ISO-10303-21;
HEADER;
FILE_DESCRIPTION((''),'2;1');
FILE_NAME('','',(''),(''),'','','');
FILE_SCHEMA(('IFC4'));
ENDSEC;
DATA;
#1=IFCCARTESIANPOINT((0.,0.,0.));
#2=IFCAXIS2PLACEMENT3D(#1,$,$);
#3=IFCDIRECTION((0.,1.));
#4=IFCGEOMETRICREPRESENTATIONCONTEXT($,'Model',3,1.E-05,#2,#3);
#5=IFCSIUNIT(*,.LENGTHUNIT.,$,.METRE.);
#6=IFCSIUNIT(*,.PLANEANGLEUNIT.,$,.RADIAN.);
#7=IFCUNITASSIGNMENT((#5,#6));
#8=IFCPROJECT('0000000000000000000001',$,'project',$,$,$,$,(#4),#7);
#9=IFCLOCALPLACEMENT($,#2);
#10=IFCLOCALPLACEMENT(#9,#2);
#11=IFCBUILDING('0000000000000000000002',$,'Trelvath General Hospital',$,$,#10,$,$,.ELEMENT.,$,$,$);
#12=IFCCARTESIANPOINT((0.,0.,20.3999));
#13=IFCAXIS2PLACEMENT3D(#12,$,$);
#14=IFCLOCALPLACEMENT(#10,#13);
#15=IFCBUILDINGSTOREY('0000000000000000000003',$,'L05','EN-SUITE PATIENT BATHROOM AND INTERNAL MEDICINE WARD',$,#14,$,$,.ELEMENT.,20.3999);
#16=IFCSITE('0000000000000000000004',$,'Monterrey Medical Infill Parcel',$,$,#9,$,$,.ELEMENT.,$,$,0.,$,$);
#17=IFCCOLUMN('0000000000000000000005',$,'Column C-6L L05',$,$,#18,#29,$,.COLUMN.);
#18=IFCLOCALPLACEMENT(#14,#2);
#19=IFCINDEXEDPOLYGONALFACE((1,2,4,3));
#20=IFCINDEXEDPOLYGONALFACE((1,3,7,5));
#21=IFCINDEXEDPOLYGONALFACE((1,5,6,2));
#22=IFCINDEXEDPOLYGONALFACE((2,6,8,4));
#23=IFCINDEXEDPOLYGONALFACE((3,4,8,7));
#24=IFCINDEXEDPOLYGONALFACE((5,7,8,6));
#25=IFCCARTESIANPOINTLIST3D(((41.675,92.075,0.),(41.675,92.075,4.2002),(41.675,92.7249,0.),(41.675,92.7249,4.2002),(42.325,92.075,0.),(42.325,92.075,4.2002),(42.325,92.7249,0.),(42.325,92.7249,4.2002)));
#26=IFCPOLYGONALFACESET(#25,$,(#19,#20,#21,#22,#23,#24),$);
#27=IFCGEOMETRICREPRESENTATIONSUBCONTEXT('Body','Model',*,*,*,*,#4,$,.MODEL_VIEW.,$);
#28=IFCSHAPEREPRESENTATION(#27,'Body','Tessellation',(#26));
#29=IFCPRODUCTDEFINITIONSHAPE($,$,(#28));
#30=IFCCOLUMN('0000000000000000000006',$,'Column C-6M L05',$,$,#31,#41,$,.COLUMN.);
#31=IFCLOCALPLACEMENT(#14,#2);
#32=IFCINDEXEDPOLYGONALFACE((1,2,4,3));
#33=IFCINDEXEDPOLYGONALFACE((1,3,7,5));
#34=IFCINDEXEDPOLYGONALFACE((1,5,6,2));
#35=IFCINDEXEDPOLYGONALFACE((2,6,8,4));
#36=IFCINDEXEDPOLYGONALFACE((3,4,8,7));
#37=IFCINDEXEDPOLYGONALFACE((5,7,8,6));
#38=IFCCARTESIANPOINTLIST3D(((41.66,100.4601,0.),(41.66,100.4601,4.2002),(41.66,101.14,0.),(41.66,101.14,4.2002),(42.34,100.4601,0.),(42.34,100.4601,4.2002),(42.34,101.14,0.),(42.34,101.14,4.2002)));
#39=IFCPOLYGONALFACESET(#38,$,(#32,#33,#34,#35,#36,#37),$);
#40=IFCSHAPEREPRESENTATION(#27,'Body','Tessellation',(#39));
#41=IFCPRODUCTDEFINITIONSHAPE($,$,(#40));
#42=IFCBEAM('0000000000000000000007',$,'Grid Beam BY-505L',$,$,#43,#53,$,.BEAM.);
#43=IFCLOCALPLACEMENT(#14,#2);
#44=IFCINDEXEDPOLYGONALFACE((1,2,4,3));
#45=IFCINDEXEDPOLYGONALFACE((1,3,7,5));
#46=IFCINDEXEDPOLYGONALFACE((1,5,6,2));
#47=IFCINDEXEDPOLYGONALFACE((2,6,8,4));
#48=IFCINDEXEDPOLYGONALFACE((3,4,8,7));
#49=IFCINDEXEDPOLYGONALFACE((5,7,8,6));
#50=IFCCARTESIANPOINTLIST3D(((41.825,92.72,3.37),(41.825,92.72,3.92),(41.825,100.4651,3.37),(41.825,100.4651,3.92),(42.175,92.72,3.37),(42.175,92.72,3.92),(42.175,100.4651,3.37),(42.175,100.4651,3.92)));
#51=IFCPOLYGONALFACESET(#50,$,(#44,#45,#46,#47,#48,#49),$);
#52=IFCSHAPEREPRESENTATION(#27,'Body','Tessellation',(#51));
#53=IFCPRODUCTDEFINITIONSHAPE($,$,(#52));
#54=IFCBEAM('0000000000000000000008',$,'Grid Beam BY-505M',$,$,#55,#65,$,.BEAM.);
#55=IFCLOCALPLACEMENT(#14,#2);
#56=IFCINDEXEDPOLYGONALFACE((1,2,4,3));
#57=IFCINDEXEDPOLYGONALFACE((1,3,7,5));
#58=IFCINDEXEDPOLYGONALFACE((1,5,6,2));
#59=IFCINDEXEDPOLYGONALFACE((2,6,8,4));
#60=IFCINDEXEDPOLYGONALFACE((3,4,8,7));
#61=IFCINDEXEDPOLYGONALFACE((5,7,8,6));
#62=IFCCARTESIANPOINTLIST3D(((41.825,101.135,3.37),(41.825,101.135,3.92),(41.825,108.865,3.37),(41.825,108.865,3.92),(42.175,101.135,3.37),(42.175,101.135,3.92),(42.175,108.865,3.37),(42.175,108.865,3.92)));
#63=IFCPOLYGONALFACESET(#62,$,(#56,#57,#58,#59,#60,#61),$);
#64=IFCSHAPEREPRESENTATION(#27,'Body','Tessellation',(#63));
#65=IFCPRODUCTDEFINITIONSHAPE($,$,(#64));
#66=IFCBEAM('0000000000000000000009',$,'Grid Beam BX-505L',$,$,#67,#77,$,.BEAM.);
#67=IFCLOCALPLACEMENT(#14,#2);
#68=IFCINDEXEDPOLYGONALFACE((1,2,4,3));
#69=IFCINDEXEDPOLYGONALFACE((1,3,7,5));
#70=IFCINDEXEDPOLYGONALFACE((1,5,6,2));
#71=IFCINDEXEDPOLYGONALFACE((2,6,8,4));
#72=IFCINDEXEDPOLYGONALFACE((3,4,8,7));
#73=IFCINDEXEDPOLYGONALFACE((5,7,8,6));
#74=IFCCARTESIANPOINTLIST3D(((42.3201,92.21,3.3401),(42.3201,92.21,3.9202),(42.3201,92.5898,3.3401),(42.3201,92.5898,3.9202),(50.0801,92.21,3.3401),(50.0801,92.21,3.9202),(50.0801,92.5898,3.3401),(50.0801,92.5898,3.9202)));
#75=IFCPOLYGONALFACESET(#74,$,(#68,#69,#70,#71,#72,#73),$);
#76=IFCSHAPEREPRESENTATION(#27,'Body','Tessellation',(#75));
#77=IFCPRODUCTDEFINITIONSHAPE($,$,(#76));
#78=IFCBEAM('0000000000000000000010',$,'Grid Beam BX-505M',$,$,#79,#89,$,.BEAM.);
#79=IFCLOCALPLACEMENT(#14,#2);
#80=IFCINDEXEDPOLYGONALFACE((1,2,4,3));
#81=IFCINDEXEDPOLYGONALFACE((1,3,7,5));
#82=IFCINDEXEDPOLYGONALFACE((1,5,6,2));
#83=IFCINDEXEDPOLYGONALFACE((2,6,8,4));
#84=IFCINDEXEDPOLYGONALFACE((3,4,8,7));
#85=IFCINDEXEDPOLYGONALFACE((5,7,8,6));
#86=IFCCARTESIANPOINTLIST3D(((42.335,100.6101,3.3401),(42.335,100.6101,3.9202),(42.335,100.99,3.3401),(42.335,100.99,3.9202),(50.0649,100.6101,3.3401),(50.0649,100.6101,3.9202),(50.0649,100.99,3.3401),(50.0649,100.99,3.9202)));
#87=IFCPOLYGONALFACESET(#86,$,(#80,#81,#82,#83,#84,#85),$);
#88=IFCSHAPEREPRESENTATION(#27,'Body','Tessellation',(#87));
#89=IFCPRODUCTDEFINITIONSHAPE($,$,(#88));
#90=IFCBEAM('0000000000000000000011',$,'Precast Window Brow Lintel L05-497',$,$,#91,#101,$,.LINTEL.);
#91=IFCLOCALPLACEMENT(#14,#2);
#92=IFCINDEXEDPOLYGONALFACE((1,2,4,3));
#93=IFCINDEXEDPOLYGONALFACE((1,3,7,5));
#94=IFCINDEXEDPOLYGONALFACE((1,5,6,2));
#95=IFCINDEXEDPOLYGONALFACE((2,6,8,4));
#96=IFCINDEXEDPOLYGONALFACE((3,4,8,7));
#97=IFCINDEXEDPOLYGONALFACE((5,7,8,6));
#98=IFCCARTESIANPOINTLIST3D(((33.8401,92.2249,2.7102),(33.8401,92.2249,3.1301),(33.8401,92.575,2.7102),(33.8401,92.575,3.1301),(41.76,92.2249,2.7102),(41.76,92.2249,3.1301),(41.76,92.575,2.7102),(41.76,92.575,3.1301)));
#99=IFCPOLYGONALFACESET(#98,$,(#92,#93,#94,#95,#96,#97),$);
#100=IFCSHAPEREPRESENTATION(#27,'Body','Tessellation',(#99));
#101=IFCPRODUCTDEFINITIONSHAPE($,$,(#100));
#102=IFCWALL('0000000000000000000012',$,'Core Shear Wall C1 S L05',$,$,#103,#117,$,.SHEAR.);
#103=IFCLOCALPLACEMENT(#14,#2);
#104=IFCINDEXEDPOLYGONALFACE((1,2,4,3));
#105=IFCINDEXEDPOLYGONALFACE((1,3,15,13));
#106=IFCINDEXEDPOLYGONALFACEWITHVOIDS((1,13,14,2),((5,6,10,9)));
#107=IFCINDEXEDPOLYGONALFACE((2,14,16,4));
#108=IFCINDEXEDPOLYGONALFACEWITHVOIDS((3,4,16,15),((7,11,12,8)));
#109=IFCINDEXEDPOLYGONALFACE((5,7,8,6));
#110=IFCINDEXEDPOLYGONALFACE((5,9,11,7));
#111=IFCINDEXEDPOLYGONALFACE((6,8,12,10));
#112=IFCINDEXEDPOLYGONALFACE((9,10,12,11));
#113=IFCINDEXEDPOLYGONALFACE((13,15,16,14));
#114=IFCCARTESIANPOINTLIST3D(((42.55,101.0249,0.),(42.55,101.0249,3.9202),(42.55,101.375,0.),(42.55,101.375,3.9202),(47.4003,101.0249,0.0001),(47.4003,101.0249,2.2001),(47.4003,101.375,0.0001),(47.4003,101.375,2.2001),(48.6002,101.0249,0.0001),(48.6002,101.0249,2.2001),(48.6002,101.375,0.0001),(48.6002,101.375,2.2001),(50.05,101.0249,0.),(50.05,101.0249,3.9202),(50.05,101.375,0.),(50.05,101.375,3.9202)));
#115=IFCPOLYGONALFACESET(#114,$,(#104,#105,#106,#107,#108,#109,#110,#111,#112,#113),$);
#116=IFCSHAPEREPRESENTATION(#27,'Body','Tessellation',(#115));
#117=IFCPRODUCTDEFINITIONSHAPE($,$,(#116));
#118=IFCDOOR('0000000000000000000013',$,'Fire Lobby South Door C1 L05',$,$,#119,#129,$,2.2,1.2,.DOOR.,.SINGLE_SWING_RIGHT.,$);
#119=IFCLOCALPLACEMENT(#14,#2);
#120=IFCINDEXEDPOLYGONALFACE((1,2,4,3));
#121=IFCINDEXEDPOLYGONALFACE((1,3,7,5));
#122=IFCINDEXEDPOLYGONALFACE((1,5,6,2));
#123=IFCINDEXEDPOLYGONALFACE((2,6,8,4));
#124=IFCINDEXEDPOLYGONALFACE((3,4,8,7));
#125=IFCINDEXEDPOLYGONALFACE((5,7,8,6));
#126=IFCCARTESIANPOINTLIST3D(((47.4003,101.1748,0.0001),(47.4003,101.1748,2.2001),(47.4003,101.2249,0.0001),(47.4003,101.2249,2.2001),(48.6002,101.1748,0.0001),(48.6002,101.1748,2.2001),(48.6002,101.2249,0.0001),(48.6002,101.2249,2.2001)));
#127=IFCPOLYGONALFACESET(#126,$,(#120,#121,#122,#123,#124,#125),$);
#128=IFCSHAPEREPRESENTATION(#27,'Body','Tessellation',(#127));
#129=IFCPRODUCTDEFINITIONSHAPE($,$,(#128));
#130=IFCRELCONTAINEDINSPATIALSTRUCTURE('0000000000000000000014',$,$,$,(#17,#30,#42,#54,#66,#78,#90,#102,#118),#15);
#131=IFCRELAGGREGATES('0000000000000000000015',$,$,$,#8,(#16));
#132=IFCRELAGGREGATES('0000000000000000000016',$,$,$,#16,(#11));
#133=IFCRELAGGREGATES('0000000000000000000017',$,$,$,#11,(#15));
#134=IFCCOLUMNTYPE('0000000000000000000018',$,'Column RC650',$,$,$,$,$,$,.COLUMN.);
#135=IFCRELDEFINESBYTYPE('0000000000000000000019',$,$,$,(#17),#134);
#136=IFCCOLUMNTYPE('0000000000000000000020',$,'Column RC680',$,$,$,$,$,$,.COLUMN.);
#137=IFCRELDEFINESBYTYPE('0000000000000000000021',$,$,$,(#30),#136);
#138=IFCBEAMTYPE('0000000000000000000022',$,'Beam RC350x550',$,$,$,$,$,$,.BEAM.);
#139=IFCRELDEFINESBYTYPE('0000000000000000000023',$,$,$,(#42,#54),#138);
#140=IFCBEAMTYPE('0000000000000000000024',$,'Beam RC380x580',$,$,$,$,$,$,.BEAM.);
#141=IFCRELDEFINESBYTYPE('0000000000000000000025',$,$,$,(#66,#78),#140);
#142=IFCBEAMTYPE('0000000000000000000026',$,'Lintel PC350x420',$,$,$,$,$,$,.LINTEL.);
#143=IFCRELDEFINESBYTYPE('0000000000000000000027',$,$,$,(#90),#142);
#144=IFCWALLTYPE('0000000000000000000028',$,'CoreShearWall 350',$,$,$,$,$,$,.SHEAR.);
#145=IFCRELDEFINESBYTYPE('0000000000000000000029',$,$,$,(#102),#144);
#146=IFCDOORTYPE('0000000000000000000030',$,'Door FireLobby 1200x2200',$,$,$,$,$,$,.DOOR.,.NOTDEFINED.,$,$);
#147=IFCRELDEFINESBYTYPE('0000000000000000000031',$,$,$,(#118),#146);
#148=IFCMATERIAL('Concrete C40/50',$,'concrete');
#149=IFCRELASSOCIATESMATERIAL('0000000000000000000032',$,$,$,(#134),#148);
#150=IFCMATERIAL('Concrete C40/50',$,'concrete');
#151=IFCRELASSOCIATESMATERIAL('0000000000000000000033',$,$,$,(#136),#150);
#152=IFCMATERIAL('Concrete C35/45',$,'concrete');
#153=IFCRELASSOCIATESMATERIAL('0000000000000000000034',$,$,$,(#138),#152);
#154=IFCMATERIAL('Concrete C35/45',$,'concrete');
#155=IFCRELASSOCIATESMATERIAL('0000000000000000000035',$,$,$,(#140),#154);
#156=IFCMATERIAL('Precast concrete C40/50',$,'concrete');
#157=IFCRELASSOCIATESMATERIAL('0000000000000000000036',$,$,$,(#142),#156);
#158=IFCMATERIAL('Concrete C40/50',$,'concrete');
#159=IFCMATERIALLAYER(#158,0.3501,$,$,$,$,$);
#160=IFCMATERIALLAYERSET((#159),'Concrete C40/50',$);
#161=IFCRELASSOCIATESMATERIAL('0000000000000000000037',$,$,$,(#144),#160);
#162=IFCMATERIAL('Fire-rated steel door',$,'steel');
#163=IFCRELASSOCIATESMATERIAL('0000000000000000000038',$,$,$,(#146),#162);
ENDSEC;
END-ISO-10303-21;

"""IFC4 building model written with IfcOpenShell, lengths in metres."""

from ifc_helpers import new_model, si_unit, direction, frame, frame_2d, origin, origin_2d, place, context, subcontext, project, spatial, rectangle, extrude, material, layer, layer_set, material_profile, profile_set, type_object, element, fill, save


model = new_model("IFC4")

# Units and contexts
model_context = context("Model", 3, precision=1e-05, world=origin(), true_north=direction((0.0, 1.0)))
body_context = subcontext(model_context, "Body", "Model", "MODEL_VIEW")
ifc_project = project(units=[si_unit("LENGTHUNIT", "METRE"), si_unit("PLANEANGLEUNIT", "RADIAN")], contexts=[model_context])

# Site, building, storey
site_placement = place(None, origin())
site = spatial("IfcSite", under=ifc_project, at=site_placement, Name="Monterrey Medical Infill Parcel", CompositionType="ELEMENT", RefElevation=0.0)
building_placement = place(site_placement, origin())
building = spatial("IfcBuilding", under=site, at=building_placement, Name="Trelvath General Hospital", CompositionType="ELEMENT")
storey_placement = place(building_placement, frame((0.0, 0.0, 20.3999)))
storey = spatial("IfcBuildingStorey", under=building, at=storey_placement, Name="L05", Description="EN-SUITE PATIENT BATHROOM AND INTERNAL MEDICINE WARD", CompositionType="ELEMENT", Elevation=20.3999)

# Columns
ifc_material_1 = material(Name="Concrete C40/50", Category="concrete")
ifc_material_profile_1 = material_profile(ifc_material_1, rectangle(XDim=0.6499, YDim=0.6499, at=origin_2d()), Name="RC650x650")
ifc_profile_set_1 = profile_set([ifc_material_profile_1], Name="Concrete C40/50")
column_type_1 = type_object("IfcColumnType", Name="Column RC650", PredefinedType="COLUMN", material=ifc_profile_set_1)
column_1_placement = place(storey_placement, frame((42.0, 92.3999, 0.0), z_axis=(0.0, 0.0, 1.0), x_axis=(1.0, 0.0, 0.0)))
element("IfcColumn", 1, at=column_1_placement, inside=storey, type_object=column_type_1, Name="Column C-6L L05", PredefinedType="COLUMN", context=body_context, shape_type="SweptSolid", body=[
    extrude(rectangle(XDim=0.6499, YDim=0.6499, at=origin_2d()), origin(), (0.0, 0.0, 1.0), 4.2002),
])
ifc_material_2 = material(Name="Concrete C40/50", Category="concrete")
ifc_material_profile_2 = material_profile(ifc_material_2, rectangle(XDim=0.6799, YDim=0.6799, at=origin_2d()), Name="RC680x680")
ifc_profile_set_2 = profile_set([ifc_material_profile_2], Name="Concrete C40/50")
column_type_2 = type_object("IfcColumnType", Name="Column RC680", PredefinedType="COLUMN", material=ifc_profile_set_2)
column_2_placement = place(storey_placement, frame((42.0, 100.8, 0.0), z_axis=(0.0, 0.0, 1.0), x_axis=(1.0, 0.0, 0.0)))
element("IfcColumn", 2, at=column_2_placement, inside=storey, type_object=column_type_2, Name="Column C-6M L05", PredefinedType="COLUMN", context=body_context, shape_type="SweptSolid", body=[
    extrude(rectangle(XDim=0.6799, YDim=0.6799, at=origin_2d()), origin(), (0.0, 0.0, 1.0), 4.2002),
])

# Beams
ifc_material_3 = material(Name="Concrete C35/45", Category="concrete")
ifc_material_profile_3 = material_profile(ifc_material_3, rectangle(XDim=0.3501, YDim=0.55, at=origin_2d()), Name="RCB350x550")
ifc_profile_set_3 = profile_set([ifc_material_profile_3], Name="Concrete C35/45")
beam_type_1 = type_object("IfcBeamType", Name="Beam RC350x550", PredefinedType="BEAM", material=ifc_profile_set_3)
beam_1_placement = place(storey_placement, frame((42.0, 92.72, 3.645), z_axis=(0.0, 1.0, 0.0), x_axis=(-1.0, 0.0, 0.0)))
element("IfcBeam", 3, at=beam_1_placement, inside=storey, type_object=beam_type_1, Name="Grid Beam BY-505L", PredefinedType="BEAM", context=body_context, shape_type="SweptSolid", body=[
    extrude(rectangle(XDim=0.3501, YDim=0.55, at=origin_2d()), origin(), (0.0, 0.0, 1.0), 7.7451),
])
beam_2_placement = place(storey_placement, frame((42.0, 101.135, 3.645), z_axis=(0.0, 1.0, 0.0), x_axis=(-1.0, 0.0, 0.0)))
element("IfcBeam", 4, at=beam_2_placement, inside=storey, type_object=beam_type_1, Name="Grid Beam BY-505M", PredefinedType="BEAM", context=body_context, shape_type="SweptSolid", body=[
    extrude(rectangle(XDim=0.3501, YDim=0.55, at=origin_2d()), origin(), (0.0, 0.0, 1.0), 7.73),
])
ifc_material_4 = material(Name="Concrete C35/45", Category="concrete")
ifc_material_profile_4 = material_profile(ifc_material_4, rectangle(XDim=0.3799, YDim=0.5801, at=origin_2d()), Name="RCB380x580")
ifc_profile_set_4 = profile_set([ifc_material_profile_4], Name="Concrete C35/45")
beam_type_2 = type_object("IfcBeamType", Name="Beam RC380x580", PredefinedType="BEAM", material=ifc_profile_set_4)
beam_3_placement = place(storey_placement, frame((42.3201, 92.3999, 3.6301), z_axis=(1.0, 0.0, 0.0), x_axis=(0.0, 1.0, 0.0)))
element("IfcBeam", 5, at=beam_3_placement, inside=storey, type_object=beam_type_2, Name="Grid Beam BX-505L", PredefinedType="BEAM", context=body_context, shape_type="SweptSolid", body=[
    extrude(rectangle(XDim=0.3799, YDim=0.5801, at=origin_2d()), origin(), (0.0, 0.0, 1.0), 7.76),
])
beam_4_placement = place(storey_placement, frame((42.335, 100.8, 3.6301), z_axis=(1.0, 0.0, 0.0), x_axis=(0.0, 1.0, 0.0)))
element("IfcBeam", 6, at=beam_4_placement, inside=storey, type_object=beam_type_2, Name="Grid Beam BX-505M", PredefinedType="BEAM", context=body_context, shape_type="SweptSolid", body=[
    extrude(rectangle(XDim=0.3799, YDim=0.5801, at=origin_2d()), origin(), (0.0, 0.0, 1.0), 7.73),
])
ifc_material_5 = material(Name="Precast concrete C40/50", Category="concrete")
ifc_material_profile_5 = material_profile(ifc_material_5, rectangle(XDim=0.3501, YDim=0.4199, at=origin_2d()), Name="PCL350x420")
ifc_profile_set_5 = profile_set([ifc_material_profile_5], Name="Precast concrete C40/50")
beam_type_3 = type_object("IfcBeamType", Name="Lintel PC350x420", PredefinedType="LINTEL", material=ifc_profile_set_5)
beam_5_placement = place(storey_placement, frame((41.76, 92.3999, 2.9202), z_axis=(-1.0, 0.0, 0.0), x_axis=(0.0, -1.0, 0.0)))
element("IfcBeam", 7, at=beam_5_placement, inside=storey, type_object=beam_type_3, Name="Precast Window Brow Lintel L05-497", PredefinedType="LINTEL", context=body_context, shape_type="SweptSolid", body=[
    extrude(rectangle(XDim=0.3501, YDim=0.4199, at=origin_2d()), origin(), (0.0, 0.0, 1.0), 7.9199),
])

# Wall, opening, door
ifc_material_6 = material(Name="Concrete C40/50", Category="concrete")
ifc_layer_1 = layer(ifc_material_6, 0.3501)
ifc_layer_set_1 = layer_set([ifc_layer_1], Name="Concrete C40/50")
wall_type_1 = type_object("IfcWallType", Name="CoreShearWall 350", PredefinedType="SHEAR", material=ifc_layer_set_1)
wall_1_placement = place(storey_placement, frame((42.55, 101.2, 0.0), z_axis=(0.0, 0.0, 1.0), x_axis=(1.0, 0.0, 0.0)))
wall_1 = element("IfcWall", 8, at=wall_1_placement, inside=storey, type_object=wall_type_1, Name="Core Shear Wall C1 S L05", PredefinedType="SHEAR", context=body_context, shape_type="SweptSolid", body=[
    extrude(rectangle(XDim=7.5, YDim=0.3501, at=frame_2d((3.75, 0.0))), origin(), (0.0, 0.0, 1.0), 3.9202),
])
opening_1_placement = place(wall_1_placement, frame((4.8501, 0.0, 0.0)))
opening_1 = element("IfcOpeningElement", 9, at=opening_1_placement, cuts=wall_1, PredefinedType="OPENING", context=body_context, shape_type="SweptSolid", body=[
    extrude(rectangle(XDim=1.2, YDim=2.2, at=frame_2d((0.6001, 1.1001))), frame((0.0, 0.1851, 0.0), z_axis=(0.0, -1.0, 0.0), x_axis=(1.0, 0.0, 0.0)), (0.0, 0.0, 1.0), 0.3701),
])
ifc_material_7 = material(Name="Fire-rated steel door", Category="steel")
door_type_1 = type_object("IfcDoorType", Name="Door FireLobby 1200x2200", OperationType="NOTDEFINED", PredefinedType="DOOR", material=ifc_material_7)
door_1_placement = place(opening_1_placement, origin())
door_1 = element("IfcDoor", 10, at=door_1_placement, inside=storey, type_object=door_type_1, Name="Fire Lobby South Door C1 L05", OperationType="SINGLE_SWING_RIGHT", OverallHeight=2.2, OverallWidth=1.2, PredefinedType="DOOR", context=body_context, shape_type="SweptSolid", body=[
    extrude(rectangle(XDim=1.2, YDim=2.2, at=frame_2d((0.6001, 1.1001))), frame((0.0, 0.0249, 0.0), z_axis=(0.0, -1.0, 0.0), x_axis=(1.0, 0.0, 0.0)), (0.0, 0.0, 1.0), 0.05),
])
fill(opening_1, door_1)

save(model, "model.ifc")
